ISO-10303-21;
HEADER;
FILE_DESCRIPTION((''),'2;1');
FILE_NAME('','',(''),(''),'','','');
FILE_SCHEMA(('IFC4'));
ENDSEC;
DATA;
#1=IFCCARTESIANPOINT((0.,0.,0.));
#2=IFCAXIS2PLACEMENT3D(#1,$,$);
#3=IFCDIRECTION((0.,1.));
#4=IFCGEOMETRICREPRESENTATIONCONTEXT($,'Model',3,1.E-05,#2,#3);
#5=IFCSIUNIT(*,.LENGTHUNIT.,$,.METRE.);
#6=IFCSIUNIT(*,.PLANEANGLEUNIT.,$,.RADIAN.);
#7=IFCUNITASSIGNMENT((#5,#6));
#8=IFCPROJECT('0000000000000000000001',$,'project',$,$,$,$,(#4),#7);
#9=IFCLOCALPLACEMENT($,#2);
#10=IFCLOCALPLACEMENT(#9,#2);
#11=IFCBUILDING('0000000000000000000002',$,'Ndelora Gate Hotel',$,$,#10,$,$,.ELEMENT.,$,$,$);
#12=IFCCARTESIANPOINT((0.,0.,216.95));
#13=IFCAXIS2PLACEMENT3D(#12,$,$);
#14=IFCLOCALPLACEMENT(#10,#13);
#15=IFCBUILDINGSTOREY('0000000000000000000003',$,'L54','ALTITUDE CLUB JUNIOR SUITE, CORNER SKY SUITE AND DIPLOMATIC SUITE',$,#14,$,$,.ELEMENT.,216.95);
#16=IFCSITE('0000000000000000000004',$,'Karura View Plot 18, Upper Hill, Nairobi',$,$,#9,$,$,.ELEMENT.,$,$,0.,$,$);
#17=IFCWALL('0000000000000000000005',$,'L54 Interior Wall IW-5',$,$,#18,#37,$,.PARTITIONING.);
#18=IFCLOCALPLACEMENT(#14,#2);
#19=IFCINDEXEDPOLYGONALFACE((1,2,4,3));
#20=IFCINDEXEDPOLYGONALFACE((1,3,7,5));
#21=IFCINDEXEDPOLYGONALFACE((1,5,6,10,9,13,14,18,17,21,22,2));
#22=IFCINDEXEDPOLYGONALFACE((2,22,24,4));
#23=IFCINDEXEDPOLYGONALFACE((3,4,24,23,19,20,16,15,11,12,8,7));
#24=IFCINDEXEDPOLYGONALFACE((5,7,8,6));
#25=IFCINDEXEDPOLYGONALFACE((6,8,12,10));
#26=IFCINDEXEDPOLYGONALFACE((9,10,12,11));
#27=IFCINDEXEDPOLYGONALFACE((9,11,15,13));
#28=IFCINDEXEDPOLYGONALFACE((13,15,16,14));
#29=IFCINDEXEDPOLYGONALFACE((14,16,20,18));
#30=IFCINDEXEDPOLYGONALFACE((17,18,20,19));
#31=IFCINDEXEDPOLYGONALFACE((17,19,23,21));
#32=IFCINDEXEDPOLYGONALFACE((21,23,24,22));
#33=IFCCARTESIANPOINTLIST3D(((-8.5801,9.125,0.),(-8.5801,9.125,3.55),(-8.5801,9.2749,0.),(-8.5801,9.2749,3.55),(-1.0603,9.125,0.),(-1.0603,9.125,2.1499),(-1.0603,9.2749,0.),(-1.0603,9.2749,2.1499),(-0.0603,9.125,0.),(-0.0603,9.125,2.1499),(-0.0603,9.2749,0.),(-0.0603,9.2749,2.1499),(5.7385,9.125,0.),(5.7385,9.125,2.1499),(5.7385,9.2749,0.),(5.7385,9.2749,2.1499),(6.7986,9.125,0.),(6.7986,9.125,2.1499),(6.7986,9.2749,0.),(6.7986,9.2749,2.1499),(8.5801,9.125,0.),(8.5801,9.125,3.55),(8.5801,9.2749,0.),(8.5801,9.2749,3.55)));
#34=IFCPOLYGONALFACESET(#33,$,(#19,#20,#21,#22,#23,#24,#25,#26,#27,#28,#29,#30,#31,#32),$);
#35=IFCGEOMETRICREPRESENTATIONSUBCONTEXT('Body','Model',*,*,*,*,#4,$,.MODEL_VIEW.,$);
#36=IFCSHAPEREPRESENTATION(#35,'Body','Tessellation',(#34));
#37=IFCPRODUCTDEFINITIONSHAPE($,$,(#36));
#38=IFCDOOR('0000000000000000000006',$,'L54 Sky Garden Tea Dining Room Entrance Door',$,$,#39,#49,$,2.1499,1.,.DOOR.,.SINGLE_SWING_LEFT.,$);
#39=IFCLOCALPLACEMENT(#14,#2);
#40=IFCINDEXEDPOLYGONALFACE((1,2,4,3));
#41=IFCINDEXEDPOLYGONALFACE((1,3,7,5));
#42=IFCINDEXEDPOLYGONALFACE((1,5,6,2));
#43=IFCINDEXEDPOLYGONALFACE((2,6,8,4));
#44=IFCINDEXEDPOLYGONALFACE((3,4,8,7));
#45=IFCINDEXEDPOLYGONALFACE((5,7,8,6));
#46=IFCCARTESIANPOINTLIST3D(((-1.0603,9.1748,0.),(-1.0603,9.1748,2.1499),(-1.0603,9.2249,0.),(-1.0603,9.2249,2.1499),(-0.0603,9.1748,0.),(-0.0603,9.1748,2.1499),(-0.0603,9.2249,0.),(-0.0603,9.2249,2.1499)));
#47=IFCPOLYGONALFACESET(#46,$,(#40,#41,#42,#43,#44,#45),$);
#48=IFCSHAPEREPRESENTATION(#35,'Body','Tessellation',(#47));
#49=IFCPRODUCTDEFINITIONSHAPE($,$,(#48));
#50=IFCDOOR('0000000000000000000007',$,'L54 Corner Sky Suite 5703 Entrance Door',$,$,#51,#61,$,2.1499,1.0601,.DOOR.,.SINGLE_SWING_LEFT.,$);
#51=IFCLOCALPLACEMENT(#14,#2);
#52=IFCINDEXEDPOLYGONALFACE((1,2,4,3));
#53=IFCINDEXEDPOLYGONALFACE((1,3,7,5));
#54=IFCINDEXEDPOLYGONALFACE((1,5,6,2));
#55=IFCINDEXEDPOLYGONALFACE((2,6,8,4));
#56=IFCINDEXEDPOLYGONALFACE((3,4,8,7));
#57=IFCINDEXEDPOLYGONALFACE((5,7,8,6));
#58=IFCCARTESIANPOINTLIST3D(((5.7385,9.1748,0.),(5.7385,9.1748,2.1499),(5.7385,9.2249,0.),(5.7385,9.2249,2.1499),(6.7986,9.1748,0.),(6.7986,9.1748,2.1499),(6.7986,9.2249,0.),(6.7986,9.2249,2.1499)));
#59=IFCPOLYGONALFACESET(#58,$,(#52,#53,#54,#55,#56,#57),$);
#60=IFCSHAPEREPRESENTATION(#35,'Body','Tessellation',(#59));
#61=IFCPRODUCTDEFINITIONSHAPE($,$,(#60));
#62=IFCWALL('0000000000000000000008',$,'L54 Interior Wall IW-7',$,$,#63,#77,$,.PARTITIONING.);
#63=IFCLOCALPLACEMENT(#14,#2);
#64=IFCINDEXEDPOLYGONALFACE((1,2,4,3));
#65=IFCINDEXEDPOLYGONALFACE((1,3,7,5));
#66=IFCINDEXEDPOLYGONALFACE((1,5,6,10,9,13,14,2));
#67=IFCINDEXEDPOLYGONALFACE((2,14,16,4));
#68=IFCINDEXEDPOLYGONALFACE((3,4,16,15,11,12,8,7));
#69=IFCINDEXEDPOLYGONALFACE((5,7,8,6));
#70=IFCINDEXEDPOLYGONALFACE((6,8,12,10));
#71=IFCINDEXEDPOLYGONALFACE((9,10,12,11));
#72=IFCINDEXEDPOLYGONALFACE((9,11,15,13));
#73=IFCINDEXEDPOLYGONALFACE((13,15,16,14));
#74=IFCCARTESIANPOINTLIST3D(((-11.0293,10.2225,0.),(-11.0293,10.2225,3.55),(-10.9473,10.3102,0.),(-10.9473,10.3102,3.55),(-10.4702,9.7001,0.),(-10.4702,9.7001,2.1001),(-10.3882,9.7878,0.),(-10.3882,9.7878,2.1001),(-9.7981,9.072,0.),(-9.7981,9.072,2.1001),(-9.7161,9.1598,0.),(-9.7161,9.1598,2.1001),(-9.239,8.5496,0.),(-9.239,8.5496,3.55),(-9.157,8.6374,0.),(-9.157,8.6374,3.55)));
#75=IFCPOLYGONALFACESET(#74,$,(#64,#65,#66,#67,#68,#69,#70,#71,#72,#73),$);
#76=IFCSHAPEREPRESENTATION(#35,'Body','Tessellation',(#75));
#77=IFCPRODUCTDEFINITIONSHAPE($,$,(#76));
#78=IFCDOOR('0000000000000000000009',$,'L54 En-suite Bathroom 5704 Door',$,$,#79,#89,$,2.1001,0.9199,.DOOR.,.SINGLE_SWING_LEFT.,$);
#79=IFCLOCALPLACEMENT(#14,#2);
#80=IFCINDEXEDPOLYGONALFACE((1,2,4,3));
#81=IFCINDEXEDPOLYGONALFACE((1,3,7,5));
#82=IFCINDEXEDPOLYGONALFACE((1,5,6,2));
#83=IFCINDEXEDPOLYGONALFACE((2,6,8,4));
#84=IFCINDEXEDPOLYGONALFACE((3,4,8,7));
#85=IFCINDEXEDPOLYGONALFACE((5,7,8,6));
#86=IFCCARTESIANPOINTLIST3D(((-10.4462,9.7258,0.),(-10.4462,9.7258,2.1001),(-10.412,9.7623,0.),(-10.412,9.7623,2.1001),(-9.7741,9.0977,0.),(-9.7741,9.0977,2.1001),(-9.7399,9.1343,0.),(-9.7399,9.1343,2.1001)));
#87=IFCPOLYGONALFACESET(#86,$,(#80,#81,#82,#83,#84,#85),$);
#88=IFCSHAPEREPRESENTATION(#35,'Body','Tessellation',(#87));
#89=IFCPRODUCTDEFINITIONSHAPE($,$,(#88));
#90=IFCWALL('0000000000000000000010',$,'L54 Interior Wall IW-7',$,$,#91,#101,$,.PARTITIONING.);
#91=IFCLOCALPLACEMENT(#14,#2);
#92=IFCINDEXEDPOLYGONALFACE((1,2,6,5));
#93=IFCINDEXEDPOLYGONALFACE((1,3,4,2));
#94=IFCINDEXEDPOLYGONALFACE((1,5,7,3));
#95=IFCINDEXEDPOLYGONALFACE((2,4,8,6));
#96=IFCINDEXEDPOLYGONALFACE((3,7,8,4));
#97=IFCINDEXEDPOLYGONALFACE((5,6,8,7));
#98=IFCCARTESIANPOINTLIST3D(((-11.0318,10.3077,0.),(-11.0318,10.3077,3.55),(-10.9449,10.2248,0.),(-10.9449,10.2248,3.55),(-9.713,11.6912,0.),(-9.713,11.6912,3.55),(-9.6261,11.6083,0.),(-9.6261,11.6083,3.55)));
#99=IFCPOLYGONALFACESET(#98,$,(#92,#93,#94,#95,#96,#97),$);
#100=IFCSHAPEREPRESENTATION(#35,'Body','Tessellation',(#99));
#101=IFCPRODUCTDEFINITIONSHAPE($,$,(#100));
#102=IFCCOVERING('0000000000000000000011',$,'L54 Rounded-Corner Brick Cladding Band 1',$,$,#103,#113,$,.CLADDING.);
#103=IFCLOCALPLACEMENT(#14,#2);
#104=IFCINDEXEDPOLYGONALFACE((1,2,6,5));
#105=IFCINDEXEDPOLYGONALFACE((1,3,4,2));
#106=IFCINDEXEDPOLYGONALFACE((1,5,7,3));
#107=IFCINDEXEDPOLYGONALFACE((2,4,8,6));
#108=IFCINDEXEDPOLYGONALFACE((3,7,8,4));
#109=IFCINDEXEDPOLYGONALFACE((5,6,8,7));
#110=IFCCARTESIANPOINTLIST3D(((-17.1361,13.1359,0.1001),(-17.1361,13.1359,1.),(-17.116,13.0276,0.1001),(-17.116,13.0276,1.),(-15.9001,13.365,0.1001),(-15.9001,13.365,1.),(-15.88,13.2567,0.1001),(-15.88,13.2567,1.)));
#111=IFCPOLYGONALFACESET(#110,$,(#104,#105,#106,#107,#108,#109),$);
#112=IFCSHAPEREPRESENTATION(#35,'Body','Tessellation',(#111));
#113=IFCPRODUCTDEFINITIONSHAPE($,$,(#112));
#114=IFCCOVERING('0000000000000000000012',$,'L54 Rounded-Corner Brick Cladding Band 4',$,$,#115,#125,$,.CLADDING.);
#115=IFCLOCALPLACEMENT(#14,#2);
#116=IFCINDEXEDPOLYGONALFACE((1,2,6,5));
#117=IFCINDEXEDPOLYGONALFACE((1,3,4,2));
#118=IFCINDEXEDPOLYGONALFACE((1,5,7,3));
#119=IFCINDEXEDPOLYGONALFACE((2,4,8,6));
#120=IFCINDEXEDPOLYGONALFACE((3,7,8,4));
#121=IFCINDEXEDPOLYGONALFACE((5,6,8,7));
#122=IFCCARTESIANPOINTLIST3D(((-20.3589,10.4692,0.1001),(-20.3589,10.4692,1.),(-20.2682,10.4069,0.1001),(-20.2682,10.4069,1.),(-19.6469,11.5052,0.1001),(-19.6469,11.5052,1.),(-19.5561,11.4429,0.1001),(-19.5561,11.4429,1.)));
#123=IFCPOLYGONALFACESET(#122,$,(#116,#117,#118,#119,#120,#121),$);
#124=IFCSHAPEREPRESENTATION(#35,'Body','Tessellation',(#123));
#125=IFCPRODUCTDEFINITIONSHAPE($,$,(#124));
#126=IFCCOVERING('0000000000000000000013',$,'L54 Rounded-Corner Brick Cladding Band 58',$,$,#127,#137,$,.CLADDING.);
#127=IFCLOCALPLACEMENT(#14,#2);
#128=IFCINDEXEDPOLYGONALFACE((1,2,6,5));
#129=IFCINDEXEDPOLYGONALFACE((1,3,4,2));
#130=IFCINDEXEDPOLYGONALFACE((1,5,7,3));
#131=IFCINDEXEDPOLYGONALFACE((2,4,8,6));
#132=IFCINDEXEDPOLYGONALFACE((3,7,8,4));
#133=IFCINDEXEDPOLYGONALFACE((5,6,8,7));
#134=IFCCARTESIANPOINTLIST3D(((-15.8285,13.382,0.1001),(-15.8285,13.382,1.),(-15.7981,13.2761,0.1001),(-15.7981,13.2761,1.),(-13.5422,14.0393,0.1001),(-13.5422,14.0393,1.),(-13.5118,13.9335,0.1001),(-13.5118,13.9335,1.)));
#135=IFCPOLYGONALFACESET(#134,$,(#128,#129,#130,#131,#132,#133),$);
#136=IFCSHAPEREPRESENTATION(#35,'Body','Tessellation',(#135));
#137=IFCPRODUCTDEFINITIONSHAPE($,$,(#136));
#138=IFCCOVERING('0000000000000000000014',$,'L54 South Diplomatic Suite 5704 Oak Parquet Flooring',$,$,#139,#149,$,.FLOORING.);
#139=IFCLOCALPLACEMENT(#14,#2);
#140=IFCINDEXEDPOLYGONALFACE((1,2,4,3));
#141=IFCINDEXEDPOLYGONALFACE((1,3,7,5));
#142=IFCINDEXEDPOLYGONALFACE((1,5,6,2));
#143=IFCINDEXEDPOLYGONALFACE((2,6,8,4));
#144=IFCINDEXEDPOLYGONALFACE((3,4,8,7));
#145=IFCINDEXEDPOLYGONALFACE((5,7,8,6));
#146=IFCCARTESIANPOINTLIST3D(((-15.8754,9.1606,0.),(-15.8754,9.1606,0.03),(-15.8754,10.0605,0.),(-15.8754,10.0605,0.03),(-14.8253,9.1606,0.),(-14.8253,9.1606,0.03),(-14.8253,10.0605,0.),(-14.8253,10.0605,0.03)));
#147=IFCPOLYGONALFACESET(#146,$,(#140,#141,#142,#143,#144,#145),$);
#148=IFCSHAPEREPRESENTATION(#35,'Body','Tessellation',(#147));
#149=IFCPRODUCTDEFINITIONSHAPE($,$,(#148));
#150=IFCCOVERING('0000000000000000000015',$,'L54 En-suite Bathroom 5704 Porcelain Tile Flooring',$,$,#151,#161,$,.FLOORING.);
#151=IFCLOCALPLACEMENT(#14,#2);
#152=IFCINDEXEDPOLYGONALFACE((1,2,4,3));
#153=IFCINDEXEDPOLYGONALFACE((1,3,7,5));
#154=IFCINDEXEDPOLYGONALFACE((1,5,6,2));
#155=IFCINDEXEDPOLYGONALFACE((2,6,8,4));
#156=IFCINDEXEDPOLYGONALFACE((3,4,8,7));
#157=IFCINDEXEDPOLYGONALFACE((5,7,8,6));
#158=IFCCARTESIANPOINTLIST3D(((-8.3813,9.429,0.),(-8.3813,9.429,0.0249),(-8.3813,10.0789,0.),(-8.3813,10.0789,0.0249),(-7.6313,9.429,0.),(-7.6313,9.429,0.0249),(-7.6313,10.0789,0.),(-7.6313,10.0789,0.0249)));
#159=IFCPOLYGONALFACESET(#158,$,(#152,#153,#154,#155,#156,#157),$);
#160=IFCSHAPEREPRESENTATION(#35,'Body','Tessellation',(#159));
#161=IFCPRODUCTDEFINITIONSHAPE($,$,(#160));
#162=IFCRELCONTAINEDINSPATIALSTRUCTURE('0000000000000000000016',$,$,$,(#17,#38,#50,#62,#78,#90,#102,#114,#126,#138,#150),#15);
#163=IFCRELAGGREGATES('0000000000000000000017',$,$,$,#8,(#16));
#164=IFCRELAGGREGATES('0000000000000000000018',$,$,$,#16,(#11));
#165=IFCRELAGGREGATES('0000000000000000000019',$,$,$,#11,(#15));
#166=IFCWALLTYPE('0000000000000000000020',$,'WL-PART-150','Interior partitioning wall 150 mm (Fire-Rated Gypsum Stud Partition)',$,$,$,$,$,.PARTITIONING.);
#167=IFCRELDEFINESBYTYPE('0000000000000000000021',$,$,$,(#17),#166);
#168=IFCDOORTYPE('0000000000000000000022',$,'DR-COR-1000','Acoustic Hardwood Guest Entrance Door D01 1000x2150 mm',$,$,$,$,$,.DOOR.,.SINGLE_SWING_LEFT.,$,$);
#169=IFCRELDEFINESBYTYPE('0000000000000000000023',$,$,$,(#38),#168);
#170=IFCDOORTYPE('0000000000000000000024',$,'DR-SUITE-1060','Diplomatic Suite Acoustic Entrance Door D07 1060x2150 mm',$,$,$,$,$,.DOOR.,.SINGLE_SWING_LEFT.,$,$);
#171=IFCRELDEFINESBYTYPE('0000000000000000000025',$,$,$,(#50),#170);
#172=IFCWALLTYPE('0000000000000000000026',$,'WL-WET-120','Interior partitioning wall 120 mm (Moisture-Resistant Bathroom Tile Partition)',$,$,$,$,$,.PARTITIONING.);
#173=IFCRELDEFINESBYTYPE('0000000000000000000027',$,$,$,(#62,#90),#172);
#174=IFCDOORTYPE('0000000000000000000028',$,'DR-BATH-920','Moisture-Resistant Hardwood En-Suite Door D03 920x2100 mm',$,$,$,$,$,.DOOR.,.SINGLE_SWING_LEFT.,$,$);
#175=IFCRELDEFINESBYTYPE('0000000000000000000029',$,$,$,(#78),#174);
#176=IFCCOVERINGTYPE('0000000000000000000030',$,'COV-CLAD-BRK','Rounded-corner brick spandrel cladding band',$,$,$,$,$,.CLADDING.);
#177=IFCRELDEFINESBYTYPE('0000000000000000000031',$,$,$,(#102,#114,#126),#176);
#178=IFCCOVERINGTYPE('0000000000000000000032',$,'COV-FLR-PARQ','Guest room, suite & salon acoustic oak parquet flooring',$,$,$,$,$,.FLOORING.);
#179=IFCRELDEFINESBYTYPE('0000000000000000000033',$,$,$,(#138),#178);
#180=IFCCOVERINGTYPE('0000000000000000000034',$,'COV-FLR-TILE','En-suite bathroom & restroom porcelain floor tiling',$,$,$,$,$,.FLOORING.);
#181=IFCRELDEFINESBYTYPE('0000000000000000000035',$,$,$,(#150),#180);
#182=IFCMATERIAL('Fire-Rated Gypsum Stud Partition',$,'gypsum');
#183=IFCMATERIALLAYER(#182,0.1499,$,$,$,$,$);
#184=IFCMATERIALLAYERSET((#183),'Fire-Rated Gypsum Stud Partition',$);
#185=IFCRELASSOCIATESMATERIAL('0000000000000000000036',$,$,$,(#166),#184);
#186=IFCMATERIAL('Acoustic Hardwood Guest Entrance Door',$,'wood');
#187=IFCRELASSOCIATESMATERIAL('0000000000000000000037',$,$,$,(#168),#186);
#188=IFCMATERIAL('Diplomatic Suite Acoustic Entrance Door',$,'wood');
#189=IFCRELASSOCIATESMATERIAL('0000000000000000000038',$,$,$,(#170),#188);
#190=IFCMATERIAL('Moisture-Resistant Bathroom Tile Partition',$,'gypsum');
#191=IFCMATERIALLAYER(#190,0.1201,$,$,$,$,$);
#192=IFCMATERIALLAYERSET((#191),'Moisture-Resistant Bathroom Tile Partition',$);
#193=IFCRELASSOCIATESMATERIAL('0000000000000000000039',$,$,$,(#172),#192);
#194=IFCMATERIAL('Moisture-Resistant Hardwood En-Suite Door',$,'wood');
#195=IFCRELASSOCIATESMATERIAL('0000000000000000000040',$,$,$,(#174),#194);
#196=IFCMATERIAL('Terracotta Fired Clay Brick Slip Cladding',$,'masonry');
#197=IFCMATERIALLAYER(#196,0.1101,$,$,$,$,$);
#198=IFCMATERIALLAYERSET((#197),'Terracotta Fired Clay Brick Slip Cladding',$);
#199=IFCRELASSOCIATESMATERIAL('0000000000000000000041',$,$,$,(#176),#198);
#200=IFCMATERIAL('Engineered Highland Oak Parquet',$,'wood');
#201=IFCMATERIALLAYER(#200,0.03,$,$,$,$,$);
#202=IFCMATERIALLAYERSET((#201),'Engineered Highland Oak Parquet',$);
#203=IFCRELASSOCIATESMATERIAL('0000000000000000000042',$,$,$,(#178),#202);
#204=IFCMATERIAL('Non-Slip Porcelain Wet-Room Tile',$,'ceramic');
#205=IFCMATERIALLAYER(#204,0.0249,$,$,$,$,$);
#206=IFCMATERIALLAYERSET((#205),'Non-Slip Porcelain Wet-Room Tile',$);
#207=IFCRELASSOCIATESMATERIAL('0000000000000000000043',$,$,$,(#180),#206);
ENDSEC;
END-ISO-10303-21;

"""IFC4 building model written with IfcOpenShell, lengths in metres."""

from ifc_helpers import new_model, si_unit, direction, frame, frame_2d, origin, origin_2d, place, context, subcontext, project, spatial, rectangle, extrude, material, layer, layer_set, type_object, element, fill, save


model = new_model("IFC4")

# Units and contexts
model_context = context("Model", 3, precision=1e-05, world=origin(), true_north=direction((0.0, 1.0)))
body_context = subcontext(model_context, "Body", "Model", "MODEL_VIEW")
ifc_project = project(units=[si_unit("LENGTHUNIT", "METRE"), si_unit("PLANEANGLEUNIT", "RADIAN")], contexts=[model_context])

# Site, building, storey
site_placement = place(None, origin())
site = spatial("IfcSite", under=ifc_project, at=site_placement, Name="Karura View Plot 18, Upper Hill, Nairobi", CompositionType="ELEMENT", RefElevation=0.0)
building_placement = place(site_placement, origin())
building = spatial("IfcBuilding", under=site, at=building_placement, Name="Ndelora Gate Hotel", CompositionType="ELEMENT")
storey_placement = place(building_placement, frame((0.0, 0.0, 216.95)))
storey = spatial("IfcBuildingStorey", under=building, at=storey_placement, Name="L54", Description="ALTITUDE CLUB JUNIOR SUITE, CORNER SKY SUITE AND DIPLOMATIC SUITE", CompositionType="ELEMENT", Elevation=216.95)

# Wall, openings, doors
ifc_material_1 = material(Name="Fire-Rated Gypsum Stud Partition", Category="gypsum")
ifc_layer_1 = layer(ifc_material_1, 0.1499)
ifc_layer_set_1 = layer_set([ifc_layer_1], Name="Fire-Rated Gypsum Stud Partition")
wall_type_1 = type_object("IfcWallType", Name="WL-PART-150", Description="Interior partitioning wall 150 mm (Fire-Rated Gypsum Stud Partition)", PredefinedType="PARTITIONING", material=ifc_layer_set_1)
wall_1_placement = place(storey_placement, frame((-8.5801, 9.2, 0.0), z_axis=(0.0, 0.0, 1.0), x_axis=(1.0, 0.0, 0.0)))
wall_1 = element("IfcWall", 1, at=wall_1_placement, inside=storey, type_object=wall_type_1, Name="L54 Interior Wall IW-5", PredefinedType="PARTITIONING", context=body_context, shape_type="SweptSolid", body=[
    extrude(rectangle(XDim=17.1602, YDim=0.1499, at=frame_2d((8.5801, 0.0))), origin(), (0.0, 0.0, 1.0), 3.55),
])
opening_1_placement = place(wall_1_placement, frame((7.5198, 0.0, 0.0)))
opening_1 = element("IfcOpeningElement", 2, at=opening_1_placement, cuts=wall_1, PredefinedType="OPENING", context=body_context, shape_type="SweptSolid", body=[
    extrude(rectangle(XDim=1.0, YDim=2.1499, at=frame_2d((0.5, 1.075))), frame((0.0, 0.085, 0.0), z_axis=(0.0, -1.0, 0.0), x_axis=(1.0, 0.0, 0.0)), (0.0, 0.0, 1.0), 0.1699),
])
opening_2_placement = place(wall_1_placement, frame((14.3186, 0.0, 0.0)))
opening_2 = element("IfcOpeningElement", 3, at=opening_2_placement, cuts=wall_1, PredefinedType="OPENING", context=body_context, shape_type="SweptSolid", body=[
    extrude(rectangle(XDim=1.0601, YDim=2.1499, at=frame_2d((0.53, 1.075))), frame((0.0, 0.085, 0.0), z_axis=(0.0, -1.0, 0.0), x_axis=(1.0, 0.0, 0.0)), (0.0, 0.0, 1.0), 0.1699),
])
ifc_material_2 = material(Name="Acoustic Hardwood Guest Entrance Door", Category="wood")
door_type_1 = type_object("IfcDoorType", Name="DR-COR-1000", Description="Acoustic Hardwood Guest Entrance Door D01 1000x2150 mm", OperationType="SINGLE_SWING_LEFT", PredefinedType="DOOR", material=ifc_material_2)
door_1_placement = place(opening_1_placement, origin())
door_1 = element("IfcDoor", 4, at=door_1_placement, inside=storey, type_object=door_type_1, Name="L54 Sky Garden Tea Dining Room Entrance Door", OperationType="SINGLE_SWING_LEFT", OverallHeight=2.1499, OverallWidth=1.0, PredefinedType="DOOR", context=body_context, shape_type="SweptSolid", body=[
    extrude(rectangle(XDim=1.0, YDim=2.1499, at=frame_2d((0.5, 1.075))), frame((0.0, 0.0249, 0.0), z_axis=(0.0, -1.0, 0.0), x_axis=(1.0, 0.0, 0.0)), (0.0, 0.0, 1.0), 0.05),
])
fill(opening_1, door_1)
ifc_material_3 = material(Name="Diplomatic Suite Acoustic Entrance Door", Category="wood")
door_type_2 = type_object("IfcDoorType", Name="DR-SUITE-1060", Description="Diplomatic Suite Acoustic Entrance Door D07 1060x2150 mm", OperationType="SINGLE_SWING_LEFT", PredefinedType="DOOR", material=ifc_material_3)
door_2_placement = place(opening_2_placement, origin())
door_2 = element("IfcDoor", 5, at=door_2_placement, inside=storey, type_object=door_type_2, Name="L54 Corner Sky Suite 5703 Entrance Door", OperationType="SINGLE_SWING_LEFT", OverallHeight=2.1499, OverallWidth=1.0601, PredefinedType="DOOR", context=body_context, shape_type="SweptSolid", body=[
    extrude(rectangle(XDim=1.0601, YDim=2.1499, at=frame_2d((0.53, 1.075))), frame((0.0, 0.0249, 0.0), z_axis=(0.0, -1.0, 0.0), x_axis=(1.0, 0.0, 0.0)), (0.0, 0.0, 1.0), 0.05),
])
fill(opening_2, door_2)

# Wall, opening, door
ifc_material_4 = material(Name="Moisture-Resistant Bathroom Tile Partition", Category="gypsum")
ifc_layer_2 = layer(ifc_material_4, 0.1201)
ifc_layer_set_2 = layer_set([ifc_layer_2], Name="Moisture-Resistant Bathroom Tile Partition")
wall_type_2 = type_object("IfcWallType", Name="WL-WET-120", Description="Interior partitioning wall 120 mm (Moisture-Resistant Bathroom Tile Partition)", PredefinedType="PARTITIONING", material=ifc_layer_set_2)
wall_2_placement = place(storey_placement, frame((-9.198, 8.5935, 0.0), z_axis=(0.0, 0.0, 1.0), x_axis=(-0.730664, 0.682737, 0.0)))
wall_2 = element("IfcWall", 6, at=wall_2_placement, inside=storey, type_object=wall_type_2, Name="L54 Interior Wall IW-7", PredefinedType="PARTITIONING", context=body_context, shape_type="SweptSolid", body=[
    extrude(rectangle(XDim=2.4502, YDim=0.1201, at=frame_2d((1.2251, 0.0))), origin(), (0.0, 0.0, 1.0), 3.55),
])
opening_3_placement = place(wall_2_placement, frame((0.7651, 0.0, 0.0)))
opening_3 = element("IfcOpeningElement", 7, at=opening_3_placement, cuts=wall_2, PredefinedType="OPENING", context=body_context, shape_type="SweptSolid", body=[
    extrude(rectangle(XDim=0.9199, YDim=2.1001, at=frame_2d((0.46, 1.05))), frame((0.0, 0.0701, 0.0), z_axis=(0.0, -1.0, 0.0), x_axis=(1.0, 0.0, 0.0)), (0.0, 0.0, 1.0), 0.1401),
])
ifc_material_5 = material(Name="Moisture-Resistant Hardwood En-Suite Door", Category="wood")
door_type_3 = type_object("IfcDoorType", Name="DR-BATH-920", Description="Moisture-Resistant Hardwood En-Suite Door D03 920x2100 mm", OperationType="SINGLE_SWING_LEFT", PredefinedType="DOOR", material=ifc_material_5)
door_3_placement = place(opening_3_placement, origin())
door_3 = element("IfcDoor", 8, at=door_3_placement, inside=storey, type_object=door_type_3, Name="L54 En-suite Bathroom 5704 Door", OperationType="SINGLE_SWING_LEFT", OverallHeight=2.1001, OverallWidth=0.9199, PredefinedType="DOOR", context=body_context, shape_type="SweptSolid", body=[
    extrude(rectangle(XDim=0.9199, YDim=2.1001, at=frame_2d((0.46, 1.05))), frame((0.0, 0.0249, 0.0), z_axis=(0.0, -1.0, 0.0), x_axis=(1.0, 0.0, 0.0)), (0.0, 0.0, 1.0), 0.05),
])
fill(opening_3, door_3)

# Wall
wall_3_placement = place(storey_placement, frame((-10.9883, 10.2664, 0.0), z_axis=(0.0, 0.0, 1.0), x_axis=(0.68998, 0.723828, 0.0)))
element("IfcWall", 9, at=wall_3_placement, inside=storey, type_object=wall_type_2, Name="L54 Interior Wall IW-7", PredefinedType="PARTITIONING", context=body_context, shape_type="SweptSolid", body=[
    extrude(rectangle(XDim=1.9114, YDim=0.1201, at=frame_2d((0.9556, 0.0))), origin(), (0.0, 0.0, 1.0), 3.55),
])

# Coverings
ifc_material_6 = material(Name="Terracotta Fired Clay Brick Slip Cladding", Category="masonry")
ifc_layer_3 = layer(ifc_material_6, 0.1101)
ifc_layer_set_3 = layer_set([ifc_layer_3], Name="Terracotta Fired Clay Brick Slip Cladding")
covering_type_1 = type_object("IfcCoveringType", Name="COV-CLAD-BRK", Description="Rounded-corner brick spandrel cladding band", PredefinedType="CLADDING", material=ifc_layer_set_3)
for number, where, z_axis, x_axis, name in (
    (10, (-16.5081, 13.1963, 0.1001), (0.0, 0.0, 1.0), (0.983255, 0.182236, 0.0), "L54 Rounded-Corner Brick Cladding Band 1"),
    (11, (-19.9575, 10.9561, 0.1001), (0.0, 0.0, 1.0), (0.566406, 0.824126, 0.0), "L54 Rounded-Corner Brick Cladding Band 4"),
):
    element("IfcCovering", number, at=place(storey_placement, frame(where, z_axis=z_axis, x_axis=x_axis)), inside=storey, type_object=covering_type_1, Name=name, PredefinedType="CLADDING", context=body_context, shape_type="SweptSolid", body=[
        extrude(rectangle(XDim=1.2571, YDim=0.1101, at=origin_2d()), origin(), (0.0, 0.0, 1.0), 0.8999),
    ])
covering_1_placement = place(storey_placement, frame((-14.6702, 13.6577, 0.1001), z_axis=(0.0, 0.0, 1.0), x_axis=(0.961069, 0.276308, 0.0)))
element("IfcCovering", 12, at=covering_1_placement, inside=storey, type_object=covering_type_1, Name="L54 Rounded-Corner Brick Cladding Band 58", PredefinedType="CLADDING", context=body_context, shape_type="SweptSolid", body=[
    extrude(rectangle(XDim=2.3789, YDim=0.1101, at=origin_2d()), origin(), (0.0, 0.0, 1.0), 0.8999),
])
ifc_material_7 = material(Name="Engineered Highland Oak Parquet", Category="wood")
ifc_layer_4 = layer(ifc_material_7, 0.03)
ifc_layer_set_4 = layer_set([ifc_layer_4], Name="Engineered Highland Oak Parquet")
covering_type_2 = type_object("IfcCoveringType", Name="COV-FLR-PARQ", Description="Guest room, suite & salon acoustic oak parquet flooring", PredefinedType="FLOORING", material=ifc_layer_set_4)
covering_2_placement = place(storey_placement, frame((-15.3503, 9.6106, 0.0), z_axis=(0.0, 0.0, 1.0), x_axis=(1.0, 0.0, 0.0)))
element("IfcCovering", 13, at=covering_2_placement, inside=storey, type_object=covering_type_2, Name="L54 South Diplomatic Suite 5704 Oak Parquet Flooring", PredefinedType="FLOORING", context=body_context, shape_type="SweptSolid", body=[
    extrude(rectangle(XDim=1.05, YDim=0.8999, at=origin_2d()), origin(), (0.0, 0.0, 1.0), 0.03),
])
ifc_material_8 = material(Name="Non-Slip Porcelain Wet-Room Tile", Category="ceramic")
ifc_layer_5 = layer(ifc_material_8, 0.0249)
ifc_layer_set_5 = layer_set([ifc_layer_5], Name="Non-Slip Porcelain Wet-Room Tile")
covering_type_3 = type_object("IfcCoveringType", Name="COV-FLR-TILE", Description="En-suite bathroom & restroom porcelain floor tiling", PredefinedType="FLOORING", material=ifc_layer_set_5)
covering_3_placement = place(storey_placement, frame((-8.0063, 9.7539, 0.0), z_axis=(0.0, 0.0, 1.0), x_axis=(1.0, 0.0, 0.0)))
element("IfcCovering", 14, at=covering_3_placement, inside=storey, type_object=covering_type_3, Name="L54 En-suite Bathroom 5704 Porcelain Tile Flooring", PredefinedType="FLOORING", context=body_context, shape_type="SweptSolid", body=[
    extrude(rectangle(XDim=0.75, YDim=0.6499, at=origin_2d()), origin(), (0.0, 0.0, 1.0), 0.0249),
])

save(model, "model.ifc")
